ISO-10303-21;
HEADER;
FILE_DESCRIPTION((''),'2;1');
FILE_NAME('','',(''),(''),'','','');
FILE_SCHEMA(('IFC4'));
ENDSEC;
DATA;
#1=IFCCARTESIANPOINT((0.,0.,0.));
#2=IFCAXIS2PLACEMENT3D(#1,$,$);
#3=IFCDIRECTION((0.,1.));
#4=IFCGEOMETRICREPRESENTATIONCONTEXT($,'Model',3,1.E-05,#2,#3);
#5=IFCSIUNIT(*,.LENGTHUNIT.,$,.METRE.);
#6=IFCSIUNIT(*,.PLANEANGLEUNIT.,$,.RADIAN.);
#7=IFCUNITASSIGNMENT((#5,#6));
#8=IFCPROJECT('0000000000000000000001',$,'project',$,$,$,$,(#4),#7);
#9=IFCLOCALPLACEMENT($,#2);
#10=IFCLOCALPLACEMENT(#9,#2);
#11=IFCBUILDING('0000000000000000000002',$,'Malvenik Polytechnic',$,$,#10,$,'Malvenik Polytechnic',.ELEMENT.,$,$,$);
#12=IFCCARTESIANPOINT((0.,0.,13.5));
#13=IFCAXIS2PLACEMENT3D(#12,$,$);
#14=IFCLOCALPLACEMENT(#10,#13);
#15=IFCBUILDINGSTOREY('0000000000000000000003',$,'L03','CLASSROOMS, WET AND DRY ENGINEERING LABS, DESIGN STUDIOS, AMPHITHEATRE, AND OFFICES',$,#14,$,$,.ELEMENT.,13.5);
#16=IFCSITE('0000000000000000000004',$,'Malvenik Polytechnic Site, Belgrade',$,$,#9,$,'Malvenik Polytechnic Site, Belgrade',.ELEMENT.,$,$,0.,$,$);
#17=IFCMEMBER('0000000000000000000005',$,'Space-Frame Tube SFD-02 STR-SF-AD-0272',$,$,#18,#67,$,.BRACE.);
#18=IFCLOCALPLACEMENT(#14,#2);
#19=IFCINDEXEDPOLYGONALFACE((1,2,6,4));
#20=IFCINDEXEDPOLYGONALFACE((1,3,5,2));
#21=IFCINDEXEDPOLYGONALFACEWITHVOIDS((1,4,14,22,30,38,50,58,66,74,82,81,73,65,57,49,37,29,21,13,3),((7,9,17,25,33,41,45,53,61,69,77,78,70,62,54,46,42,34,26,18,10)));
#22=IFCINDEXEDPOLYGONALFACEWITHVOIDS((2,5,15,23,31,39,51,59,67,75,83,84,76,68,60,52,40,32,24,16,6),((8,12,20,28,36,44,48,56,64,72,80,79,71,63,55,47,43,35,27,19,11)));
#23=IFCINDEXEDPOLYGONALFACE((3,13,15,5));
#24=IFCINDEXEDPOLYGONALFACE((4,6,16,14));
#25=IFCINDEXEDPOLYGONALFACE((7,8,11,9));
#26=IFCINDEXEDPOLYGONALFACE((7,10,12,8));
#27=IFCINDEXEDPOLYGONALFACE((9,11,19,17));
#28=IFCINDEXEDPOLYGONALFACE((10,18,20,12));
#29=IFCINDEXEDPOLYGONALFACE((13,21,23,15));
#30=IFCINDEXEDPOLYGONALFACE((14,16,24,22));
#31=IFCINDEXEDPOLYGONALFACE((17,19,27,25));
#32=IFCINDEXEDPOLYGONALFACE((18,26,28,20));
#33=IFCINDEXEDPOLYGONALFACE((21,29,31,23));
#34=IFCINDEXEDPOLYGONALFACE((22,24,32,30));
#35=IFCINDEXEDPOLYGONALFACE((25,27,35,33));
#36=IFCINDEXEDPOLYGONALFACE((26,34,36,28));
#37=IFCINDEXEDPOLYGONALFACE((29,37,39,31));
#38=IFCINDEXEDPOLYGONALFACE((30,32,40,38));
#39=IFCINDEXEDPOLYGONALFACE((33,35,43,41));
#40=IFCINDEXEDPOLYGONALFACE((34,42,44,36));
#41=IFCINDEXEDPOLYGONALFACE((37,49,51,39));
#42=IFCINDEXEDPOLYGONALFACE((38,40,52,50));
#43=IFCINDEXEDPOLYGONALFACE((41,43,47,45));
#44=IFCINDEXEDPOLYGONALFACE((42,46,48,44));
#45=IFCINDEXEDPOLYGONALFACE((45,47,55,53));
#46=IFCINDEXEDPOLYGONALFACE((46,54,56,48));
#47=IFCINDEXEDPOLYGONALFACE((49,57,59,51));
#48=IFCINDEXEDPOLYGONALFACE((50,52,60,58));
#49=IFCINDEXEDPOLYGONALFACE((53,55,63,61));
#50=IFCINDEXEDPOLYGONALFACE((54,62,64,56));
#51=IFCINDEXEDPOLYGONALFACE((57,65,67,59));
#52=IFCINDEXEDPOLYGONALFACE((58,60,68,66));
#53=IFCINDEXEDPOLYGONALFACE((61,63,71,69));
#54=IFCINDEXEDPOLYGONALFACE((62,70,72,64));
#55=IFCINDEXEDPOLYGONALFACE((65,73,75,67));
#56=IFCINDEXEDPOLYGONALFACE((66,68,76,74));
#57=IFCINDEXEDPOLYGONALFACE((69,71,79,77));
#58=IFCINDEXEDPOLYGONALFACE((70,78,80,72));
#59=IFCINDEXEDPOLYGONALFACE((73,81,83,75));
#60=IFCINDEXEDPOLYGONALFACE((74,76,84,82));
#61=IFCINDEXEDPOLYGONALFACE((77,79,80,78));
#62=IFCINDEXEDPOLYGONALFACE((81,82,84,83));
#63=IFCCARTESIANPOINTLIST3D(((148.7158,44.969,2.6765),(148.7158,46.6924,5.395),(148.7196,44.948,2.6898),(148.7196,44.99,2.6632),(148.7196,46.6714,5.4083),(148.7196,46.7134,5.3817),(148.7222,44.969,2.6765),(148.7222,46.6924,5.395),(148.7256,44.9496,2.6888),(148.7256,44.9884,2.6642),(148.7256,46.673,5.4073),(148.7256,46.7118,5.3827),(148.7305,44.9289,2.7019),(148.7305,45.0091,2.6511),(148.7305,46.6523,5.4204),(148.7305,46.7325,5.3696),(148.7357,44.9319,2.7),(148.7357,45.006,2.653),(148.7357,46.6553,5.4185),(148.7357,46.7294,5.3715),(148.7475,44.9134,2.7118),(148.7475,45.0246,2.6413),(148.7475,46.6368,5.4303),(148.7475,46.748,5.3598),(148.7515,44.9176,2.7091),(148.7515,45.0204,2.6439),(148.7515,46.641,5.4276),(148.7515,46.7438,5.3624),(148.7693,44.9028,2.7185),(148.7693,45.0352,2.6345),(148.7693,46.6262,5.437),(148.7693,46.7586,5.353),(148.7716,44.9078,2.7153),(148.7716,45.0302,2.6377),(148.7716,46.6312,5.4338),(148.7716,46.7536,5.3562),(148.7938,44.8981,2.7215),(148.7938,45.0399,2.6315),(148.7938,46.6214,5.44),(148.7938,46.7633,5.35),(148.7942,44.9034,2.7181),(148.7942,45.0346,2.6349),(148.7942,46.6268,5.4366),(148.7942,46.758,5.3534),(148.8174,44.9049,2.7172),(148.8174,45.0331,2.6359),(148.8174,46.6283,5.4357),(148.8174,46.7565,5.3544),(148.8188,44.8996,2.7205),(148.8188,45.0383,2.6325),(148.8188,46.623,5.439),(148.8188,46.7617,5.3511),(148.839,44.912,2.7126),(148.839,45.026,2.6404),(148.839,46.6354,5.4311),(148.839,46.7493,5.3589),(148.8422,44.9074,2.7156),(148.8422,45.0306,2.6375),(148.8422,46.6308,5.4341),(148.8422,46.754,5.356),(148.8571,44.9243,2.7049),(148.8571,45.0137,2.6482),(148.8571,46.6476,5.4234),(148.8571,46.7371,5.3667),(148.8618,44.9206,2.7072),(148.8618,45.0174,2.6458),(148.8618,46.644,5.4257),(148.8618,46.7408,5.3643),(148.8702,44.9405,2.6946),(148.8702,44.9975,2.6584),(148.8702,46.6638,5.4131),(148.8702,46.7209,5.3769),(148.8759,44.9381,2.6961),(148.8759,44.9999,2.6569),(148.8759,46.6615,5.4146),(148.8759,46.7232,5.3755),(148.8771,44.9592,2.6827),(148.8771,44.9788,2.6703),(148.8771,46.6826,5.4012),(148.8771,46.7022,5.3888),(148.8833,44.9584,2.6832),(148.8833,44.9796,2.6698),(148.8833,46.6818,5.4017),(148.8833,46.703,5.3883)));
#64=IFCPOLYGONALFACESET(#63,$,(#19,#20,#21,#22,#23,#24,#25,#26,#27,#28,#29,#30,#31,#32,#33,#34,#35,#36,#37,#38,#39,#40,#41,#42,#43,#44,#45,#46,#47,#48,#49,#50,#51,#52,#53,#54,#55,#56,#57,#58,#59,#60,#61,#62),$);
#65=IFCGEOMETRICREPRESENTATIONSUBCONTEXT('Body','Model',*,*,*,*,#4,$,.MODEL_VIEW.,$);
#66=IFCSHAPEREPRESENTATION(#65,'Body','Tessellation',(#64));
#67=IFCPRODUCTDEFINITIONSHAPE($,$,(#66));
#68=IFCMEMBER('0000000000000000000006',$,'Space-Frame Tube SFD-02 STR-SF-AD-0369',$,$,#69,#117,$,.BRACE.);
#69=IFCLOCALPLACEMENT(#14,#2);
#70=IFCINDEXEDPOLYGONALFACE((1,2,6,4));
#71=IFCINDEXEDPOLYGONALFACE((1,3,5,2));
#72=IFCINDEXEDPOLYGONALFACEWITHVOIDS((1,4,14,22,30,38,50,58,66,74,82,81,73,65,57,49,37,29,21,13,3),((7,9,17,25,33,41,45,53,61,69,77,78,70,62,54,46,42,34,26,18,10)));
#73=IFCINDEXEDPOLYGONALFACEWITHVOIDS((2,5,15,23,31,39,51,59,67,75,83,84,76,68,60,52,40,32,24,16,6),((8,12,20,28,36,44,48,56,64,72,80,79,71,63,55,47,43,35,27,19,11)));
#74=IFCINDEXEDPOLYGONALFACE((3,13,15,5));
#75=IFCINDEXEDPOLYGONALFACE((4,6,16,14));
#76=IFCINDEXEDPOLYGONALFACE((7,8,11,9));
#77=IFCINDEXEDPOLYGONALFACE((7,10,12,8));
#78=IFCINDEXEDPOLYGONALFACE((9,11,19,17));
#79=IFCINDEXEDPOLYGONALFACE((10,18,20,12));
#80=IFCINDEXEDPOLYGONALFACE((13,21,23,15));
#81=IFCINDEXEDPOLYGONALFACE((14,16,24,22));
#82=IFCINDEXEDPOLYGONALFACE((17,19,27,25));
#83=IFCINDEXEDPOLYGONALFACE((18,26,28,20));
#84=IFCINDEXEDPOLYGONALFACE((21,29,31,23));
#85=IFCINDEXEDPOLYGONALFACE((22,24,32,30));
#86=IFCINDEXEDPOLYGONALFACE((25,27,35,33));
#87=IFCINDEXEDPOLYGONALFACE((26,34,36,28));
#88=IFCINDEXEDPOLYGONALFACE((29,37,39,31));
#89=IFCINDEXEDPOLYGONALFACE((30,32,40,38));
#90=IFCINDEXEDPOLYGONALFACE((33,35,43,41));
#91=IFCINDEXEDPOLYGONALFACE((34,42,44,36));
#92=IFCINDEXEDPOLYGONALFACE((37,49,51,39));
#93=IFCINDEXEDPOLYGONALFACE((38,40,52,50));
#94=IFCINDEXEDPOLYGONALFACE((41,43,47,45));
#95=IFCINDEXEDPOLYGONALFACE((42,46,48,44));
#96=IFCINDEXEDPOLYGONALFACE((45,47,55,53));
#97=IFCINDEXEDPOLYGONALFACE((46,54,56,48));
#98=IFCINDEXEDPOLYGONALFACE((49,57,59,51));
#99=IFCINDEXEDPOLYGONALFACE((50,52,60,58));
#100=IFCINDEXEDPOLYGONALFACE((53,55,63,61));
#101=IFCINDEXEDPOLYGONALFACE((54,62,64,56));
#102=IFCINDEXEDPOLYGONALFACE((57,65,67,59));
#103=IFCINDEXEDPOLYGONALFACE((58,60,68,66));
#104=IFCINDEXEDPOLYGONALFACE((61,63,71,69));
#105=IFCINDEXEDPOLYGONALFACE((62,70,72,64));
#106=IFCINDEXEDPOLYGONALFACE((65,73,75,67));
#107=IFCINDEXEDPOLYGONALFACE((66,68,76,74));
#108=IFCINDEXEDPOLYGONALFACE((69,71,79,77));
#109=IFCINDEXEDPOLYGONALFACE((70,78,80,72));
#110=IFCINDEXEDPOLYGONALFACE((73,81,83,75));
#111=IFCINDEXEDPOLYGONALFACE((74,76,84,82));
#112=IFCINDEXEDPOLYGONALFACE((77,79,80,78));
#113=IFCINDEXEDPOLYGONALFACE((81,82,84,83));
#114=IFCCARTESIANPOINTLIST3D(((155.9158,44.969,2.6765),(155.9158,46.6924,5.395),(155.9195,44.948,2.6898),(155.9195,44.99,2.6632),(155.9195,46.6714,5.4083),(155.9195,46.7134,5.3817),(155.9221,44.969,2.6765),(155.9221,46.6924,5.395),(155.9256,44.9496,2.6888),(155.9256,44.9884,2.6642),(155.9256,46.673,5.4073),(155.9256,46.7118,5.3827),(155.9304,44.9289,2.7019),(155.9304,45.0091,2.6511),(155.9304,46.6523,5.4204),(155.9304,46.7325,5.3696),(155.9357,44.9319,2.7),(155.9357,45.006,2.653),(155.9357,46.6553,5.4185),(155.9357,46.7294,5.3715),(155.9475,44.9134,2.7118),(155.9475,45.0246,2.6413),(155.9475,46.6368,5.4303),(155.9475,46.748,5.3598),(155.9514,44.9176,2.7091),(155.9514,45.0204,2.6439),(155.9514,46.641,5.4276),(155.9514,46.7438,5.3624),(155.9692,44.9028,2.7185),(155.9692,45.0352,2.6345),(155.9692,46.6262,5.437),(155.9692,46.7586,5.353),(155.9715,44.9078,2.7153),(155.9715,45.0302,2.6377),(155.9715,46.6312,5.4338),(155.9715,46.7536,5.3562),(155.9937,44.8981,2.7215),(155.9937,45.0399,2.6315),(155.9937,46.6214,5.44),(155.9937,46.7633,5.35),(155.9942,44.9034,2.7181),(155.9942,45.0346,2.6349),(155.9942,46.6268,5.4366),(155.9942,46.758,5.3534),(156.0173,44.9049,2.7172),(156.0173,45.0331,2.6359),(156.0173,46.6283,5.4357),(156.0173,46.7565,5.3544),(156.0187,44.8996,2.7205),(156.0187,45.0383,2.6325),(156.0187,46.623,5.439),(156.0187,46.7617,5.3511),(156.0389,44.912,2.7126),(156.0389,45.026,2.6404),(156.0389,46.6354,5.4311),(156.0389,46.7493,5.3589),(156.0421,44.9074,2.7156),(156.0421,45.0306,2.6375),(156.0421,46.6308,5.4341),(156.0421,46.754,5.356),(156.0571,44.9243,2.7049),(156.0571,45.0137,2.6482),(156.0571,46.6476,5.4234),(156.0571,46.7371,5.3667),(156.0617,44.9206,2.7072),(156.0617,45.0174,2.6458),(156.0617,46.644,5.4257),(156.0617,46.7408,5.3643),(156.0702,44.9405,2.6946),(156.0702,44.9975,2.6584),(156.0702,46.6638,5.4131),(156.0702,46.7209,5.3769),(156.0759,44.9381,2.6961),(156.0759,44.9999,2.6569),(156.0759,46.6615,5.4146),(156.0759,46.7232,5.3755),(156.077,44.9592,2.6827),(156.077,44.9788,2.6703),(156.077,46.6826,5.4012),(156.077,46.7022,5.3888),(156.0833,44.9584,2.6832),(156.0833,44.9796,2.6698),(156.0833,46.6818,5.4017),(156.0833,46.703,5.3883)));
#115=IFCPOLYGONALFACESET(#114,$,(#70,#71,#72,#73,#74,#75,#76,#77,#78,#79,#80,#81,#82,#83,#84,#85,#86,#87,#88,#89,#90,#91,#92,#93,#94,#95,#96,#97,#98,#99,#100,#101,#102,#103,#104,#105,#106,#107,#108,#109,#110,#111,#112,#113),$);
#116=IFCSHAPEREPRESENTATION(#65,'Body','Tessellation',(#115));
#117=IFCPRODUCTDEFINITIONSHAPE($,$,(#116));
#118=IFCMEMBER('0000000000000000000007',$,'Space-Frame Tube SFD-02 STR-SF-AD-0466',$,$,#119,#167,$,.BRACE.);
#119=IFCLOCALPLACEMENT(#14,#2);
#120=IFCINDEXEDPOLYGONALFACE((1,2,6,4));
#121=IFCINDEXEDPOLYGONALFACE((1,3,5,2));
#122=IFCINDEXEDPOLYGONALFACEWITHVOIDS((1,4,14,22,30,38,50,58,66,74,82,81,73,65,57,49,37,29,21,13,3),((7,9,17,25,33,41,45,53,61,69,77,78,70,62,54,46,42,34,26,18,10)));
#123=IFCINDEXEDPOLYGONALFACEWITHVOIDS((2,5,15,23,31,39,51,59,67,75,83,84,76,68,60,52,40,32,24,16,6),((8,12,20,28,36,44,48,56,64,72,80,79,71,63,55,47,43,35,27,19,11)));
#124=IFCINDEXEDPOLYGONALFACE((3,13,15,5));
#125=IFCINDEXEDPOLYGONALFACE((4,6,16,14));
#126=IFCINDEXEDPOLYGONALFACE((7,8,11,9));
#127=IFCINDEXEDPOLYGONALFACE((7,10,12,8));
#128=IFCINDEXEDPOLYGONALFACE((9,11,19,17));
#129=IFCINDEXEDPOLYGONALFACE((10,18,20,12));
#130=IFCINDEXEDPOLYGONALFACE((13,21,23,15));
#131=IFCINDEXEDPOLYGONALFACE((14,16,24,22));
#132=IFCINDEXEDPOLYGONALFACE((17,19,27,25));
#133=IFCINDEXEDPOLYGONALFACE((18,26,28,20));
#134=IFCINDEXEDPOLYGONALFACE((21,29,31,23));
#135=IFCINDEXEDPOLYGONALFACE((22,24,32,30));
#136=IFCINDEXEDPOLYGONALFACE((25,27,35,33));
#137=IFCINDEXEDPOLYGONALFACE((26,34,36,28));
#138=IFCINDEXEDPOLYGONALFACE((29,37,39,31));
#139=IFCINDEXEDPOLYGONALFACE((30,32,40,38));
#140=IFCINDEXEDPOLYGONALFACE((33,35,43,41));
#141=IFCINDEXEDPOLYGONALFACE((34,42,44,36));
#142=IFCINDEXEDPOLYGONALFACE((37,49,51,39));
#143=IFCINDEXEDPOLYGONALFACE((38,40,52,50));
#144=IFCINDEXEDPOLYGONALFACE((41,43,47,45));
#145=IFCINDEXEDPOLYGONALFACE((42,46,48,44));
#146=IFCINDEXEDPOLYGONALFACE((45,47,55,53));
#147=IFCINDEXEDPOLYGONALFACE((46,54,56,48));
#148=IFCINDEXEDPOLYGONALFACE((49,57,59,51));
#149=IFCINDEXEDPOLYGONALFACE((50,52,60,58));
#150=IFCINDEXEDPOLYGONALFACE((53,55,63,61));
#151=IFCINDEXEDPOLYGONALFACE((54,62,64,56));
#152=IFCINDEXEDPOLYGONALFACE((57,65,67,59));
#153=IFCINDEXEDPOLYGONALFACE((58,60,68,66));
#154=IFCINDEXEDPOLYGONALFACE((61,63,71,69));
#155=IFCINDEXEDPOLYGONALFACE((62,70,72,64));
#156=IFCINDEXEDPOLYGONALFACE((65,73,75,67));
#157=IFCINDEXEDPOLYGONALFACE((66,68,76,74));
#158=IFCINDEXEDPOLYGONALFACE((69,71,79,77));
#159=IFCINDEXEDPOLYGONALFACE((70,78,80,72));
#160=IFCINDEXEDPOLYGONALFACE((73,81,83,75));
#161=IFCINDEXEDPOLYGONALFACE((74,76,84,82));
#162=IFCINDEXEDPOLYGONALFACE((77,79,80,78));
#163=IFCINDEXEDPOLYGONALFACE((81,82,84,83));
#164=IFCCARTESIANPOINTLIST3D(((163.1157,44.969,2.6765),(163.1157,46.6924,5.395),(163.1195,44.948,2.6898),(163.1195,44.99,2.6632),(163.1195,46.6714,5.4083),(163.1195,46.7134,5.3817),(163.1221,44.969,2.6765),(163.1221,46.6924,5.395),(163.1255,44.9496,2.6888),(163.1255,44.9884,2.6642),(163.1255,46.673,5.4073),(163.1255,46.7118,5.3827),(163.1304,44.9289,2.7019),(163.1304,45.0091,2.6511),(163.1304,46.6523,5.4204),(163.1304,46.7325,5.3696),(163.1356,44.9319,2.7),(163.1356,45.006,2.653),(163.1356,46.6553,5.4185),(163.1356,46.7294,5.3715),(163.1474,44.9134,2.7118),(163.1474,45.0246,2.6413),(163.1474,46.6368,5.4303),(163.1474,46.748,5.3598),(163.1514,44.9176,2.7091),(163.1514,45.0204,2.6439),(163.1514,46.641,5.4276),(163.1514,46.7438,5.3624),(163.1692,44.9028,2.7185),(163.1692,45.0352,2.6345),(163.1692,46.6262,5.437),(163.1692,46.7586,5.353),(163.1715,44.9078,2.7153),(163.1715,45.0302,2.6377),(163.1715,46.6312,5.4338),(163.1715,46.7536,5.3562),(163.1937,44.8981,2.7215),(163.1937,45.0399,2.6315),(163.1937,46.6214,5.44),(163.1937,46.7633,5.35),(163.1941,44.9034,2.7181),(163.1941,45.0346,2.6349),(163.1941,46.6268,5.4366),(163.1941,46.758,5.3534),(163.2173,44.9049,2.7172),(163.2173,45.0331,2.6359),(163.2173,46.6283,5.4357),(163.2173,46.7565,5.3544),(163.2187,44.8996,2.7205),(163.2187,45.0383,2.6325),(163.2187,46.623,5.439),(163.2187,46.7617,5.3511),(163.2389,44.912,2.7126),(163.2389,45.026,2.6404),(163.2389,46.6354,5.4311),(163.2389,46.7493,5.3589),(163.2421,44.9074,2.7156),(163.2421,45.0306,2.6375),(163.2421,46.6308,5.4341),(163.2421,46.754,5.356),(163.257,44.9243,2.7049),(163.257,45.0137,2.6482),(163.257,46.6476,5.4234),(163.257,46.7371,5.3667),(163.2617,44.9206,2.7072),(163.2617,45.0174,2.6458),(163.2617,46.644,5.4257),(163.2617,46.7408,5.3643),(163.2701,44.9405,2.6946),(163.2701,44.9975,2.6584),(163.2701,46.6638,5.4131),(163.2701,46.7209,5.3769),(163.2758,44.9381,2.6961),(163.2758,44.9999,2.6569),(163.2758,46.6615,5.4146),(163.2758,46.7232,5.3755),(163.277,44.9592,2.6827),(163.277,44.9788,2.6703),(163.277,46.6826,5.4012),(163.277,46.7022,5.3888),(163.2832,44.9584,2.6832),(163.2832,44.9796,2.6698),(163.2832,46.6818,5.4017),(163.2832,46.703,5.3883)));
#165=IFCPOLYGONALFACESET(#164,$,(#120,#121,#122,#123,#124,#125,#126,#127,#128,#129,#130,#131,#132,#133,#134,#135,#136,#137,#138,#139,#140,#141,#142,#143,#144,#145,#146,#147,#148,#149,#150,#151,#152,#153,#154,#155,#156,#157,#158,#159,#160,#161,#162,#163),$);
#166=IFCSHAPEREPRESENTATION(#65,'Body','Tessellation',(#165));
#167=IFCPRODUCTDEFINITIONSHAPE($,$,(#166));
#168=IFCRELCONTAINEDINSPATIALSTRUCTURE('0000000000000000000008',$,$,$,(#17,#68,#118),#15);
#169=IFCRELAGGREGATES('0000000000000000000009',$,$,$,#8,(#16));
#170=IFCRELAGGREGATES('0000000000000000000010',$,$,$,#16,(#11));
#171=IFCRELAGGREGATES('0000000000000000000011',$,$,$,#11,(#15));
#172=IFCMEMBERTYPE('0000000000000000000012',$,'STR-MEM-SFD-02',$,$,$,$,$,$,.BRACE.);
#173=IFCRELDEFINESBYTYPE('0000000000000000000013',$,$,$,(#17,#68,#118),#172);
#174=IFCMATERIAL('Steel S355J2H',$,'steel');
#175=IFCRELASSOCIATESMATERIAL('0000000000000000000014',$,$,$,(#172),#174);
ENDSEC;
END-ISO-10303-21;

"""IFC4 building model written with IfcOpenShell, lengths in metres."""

from ifc_helpers import new_model, si_unit, direction, frame, origin, origin_2d, place, context, subcontext, project, spatial, hollow_circle, extrude, material, material_profile, profile_set, type_object, element, save


model = new_model("IFC4")

# Units and contexts
model_context = context("Model", 3, precision=1e-05, world=origin(), true_north=direction((0.0, 1.0)))
body_context = subcontext(model_context, "Body", "Model", "MODEL_VIEW")
ifc_project = project(units=[si_unit("LENGTHUNIT", "METRE"), si_unit("PLANEANGLEUNIT", "RADIAN")], contexts=[model_context])

# Site, building, storey
site_placement = place(None, origin())
site = spatial("IfcSite", under=ifc_project, at=site_placement, Name="Malvenik Polytechnic Site, Belgrade", LongName="Malvenik Polytechnic Site, Belgrade", CompositionType="ELEMENT", RefElevation=0.0)
building_placement = place(site_placement, origin())
building = spatial("IfcBuilding", under=site, at=building_placement, Name="Malvenik Polytechnic", LongName="Malvenik Polytechnic", CompositionType="ELEMENT")
storey_placement = place(building_placement, frame((0.0, 0.0, 13.5)))
storey = spatial("IfcBuildingStorey", under=building, at=storey_placement, Name="L03", Description="CLASSROOMS, WET AND DRY ENGINEERING LABS, DESIGN STUDIOS, AMPHITHEATRE, AND OFFICES", CompositionType="ELEMENT", Elevation=13.5)

# Members
ifc_material = material(Name="Steel S355J2H", Category="steel")
ifc_material_profile_1 = material_profile(ifc_material, hollow_circle(Radius=0.0842, WallThickness=0.0063, at=origin_2d()), Name="CHS 168.3x6.3")
ifc_profile_set_1 = profile_set([ifc_material_profile_1], Name="Steel S355J2H")
member_type_1 = type_object("IfcMemberType", Name="STR-MEM-SFD-02", PredefinedType="BRACE", material=ifc_profile_set_1)
for number, where, z_axis, x_axis, name in (
    (1, (148.8, 44.969, 2.6765), (0.0, 0.535422, 0.844585), (-1.0, 0.0, 0.0), "Space-Frame Tube SFD-02 STR-SF-AD-0272"),
    (2, (156.0, 44.969, 2.6765), (0.0, 0.535422, 0.844585), (-1.0, 0.0, 0.0), "Space-Frame Tube SFD-02 STR-SF-AD-0369"),
    (3, (163.2, 44.969, 2.6765), (0.0, 0.535422, 0.844585), (-1.0, 0.0, 0.0), "Space-Frame Tube SFD-02 STR-SF-AD-0466"),
):
    element("IfcMember", number, at=place(storey_placement, frame(where, z_axis=z_axis, x_axis=x_axis)), inside=storey, type_object=member_type_1, Name=name, PredefinedType="BRACE", context=body_context, shape_type="SweptSolid", body=[
        extrude(hollow_circle(Radius=0.0842, WallThickness=0.0063, at=origin_2d()), origin(), (0.0, 0.0, 1.0), 3.2188),
    ])

save(model, "model.ifc")
